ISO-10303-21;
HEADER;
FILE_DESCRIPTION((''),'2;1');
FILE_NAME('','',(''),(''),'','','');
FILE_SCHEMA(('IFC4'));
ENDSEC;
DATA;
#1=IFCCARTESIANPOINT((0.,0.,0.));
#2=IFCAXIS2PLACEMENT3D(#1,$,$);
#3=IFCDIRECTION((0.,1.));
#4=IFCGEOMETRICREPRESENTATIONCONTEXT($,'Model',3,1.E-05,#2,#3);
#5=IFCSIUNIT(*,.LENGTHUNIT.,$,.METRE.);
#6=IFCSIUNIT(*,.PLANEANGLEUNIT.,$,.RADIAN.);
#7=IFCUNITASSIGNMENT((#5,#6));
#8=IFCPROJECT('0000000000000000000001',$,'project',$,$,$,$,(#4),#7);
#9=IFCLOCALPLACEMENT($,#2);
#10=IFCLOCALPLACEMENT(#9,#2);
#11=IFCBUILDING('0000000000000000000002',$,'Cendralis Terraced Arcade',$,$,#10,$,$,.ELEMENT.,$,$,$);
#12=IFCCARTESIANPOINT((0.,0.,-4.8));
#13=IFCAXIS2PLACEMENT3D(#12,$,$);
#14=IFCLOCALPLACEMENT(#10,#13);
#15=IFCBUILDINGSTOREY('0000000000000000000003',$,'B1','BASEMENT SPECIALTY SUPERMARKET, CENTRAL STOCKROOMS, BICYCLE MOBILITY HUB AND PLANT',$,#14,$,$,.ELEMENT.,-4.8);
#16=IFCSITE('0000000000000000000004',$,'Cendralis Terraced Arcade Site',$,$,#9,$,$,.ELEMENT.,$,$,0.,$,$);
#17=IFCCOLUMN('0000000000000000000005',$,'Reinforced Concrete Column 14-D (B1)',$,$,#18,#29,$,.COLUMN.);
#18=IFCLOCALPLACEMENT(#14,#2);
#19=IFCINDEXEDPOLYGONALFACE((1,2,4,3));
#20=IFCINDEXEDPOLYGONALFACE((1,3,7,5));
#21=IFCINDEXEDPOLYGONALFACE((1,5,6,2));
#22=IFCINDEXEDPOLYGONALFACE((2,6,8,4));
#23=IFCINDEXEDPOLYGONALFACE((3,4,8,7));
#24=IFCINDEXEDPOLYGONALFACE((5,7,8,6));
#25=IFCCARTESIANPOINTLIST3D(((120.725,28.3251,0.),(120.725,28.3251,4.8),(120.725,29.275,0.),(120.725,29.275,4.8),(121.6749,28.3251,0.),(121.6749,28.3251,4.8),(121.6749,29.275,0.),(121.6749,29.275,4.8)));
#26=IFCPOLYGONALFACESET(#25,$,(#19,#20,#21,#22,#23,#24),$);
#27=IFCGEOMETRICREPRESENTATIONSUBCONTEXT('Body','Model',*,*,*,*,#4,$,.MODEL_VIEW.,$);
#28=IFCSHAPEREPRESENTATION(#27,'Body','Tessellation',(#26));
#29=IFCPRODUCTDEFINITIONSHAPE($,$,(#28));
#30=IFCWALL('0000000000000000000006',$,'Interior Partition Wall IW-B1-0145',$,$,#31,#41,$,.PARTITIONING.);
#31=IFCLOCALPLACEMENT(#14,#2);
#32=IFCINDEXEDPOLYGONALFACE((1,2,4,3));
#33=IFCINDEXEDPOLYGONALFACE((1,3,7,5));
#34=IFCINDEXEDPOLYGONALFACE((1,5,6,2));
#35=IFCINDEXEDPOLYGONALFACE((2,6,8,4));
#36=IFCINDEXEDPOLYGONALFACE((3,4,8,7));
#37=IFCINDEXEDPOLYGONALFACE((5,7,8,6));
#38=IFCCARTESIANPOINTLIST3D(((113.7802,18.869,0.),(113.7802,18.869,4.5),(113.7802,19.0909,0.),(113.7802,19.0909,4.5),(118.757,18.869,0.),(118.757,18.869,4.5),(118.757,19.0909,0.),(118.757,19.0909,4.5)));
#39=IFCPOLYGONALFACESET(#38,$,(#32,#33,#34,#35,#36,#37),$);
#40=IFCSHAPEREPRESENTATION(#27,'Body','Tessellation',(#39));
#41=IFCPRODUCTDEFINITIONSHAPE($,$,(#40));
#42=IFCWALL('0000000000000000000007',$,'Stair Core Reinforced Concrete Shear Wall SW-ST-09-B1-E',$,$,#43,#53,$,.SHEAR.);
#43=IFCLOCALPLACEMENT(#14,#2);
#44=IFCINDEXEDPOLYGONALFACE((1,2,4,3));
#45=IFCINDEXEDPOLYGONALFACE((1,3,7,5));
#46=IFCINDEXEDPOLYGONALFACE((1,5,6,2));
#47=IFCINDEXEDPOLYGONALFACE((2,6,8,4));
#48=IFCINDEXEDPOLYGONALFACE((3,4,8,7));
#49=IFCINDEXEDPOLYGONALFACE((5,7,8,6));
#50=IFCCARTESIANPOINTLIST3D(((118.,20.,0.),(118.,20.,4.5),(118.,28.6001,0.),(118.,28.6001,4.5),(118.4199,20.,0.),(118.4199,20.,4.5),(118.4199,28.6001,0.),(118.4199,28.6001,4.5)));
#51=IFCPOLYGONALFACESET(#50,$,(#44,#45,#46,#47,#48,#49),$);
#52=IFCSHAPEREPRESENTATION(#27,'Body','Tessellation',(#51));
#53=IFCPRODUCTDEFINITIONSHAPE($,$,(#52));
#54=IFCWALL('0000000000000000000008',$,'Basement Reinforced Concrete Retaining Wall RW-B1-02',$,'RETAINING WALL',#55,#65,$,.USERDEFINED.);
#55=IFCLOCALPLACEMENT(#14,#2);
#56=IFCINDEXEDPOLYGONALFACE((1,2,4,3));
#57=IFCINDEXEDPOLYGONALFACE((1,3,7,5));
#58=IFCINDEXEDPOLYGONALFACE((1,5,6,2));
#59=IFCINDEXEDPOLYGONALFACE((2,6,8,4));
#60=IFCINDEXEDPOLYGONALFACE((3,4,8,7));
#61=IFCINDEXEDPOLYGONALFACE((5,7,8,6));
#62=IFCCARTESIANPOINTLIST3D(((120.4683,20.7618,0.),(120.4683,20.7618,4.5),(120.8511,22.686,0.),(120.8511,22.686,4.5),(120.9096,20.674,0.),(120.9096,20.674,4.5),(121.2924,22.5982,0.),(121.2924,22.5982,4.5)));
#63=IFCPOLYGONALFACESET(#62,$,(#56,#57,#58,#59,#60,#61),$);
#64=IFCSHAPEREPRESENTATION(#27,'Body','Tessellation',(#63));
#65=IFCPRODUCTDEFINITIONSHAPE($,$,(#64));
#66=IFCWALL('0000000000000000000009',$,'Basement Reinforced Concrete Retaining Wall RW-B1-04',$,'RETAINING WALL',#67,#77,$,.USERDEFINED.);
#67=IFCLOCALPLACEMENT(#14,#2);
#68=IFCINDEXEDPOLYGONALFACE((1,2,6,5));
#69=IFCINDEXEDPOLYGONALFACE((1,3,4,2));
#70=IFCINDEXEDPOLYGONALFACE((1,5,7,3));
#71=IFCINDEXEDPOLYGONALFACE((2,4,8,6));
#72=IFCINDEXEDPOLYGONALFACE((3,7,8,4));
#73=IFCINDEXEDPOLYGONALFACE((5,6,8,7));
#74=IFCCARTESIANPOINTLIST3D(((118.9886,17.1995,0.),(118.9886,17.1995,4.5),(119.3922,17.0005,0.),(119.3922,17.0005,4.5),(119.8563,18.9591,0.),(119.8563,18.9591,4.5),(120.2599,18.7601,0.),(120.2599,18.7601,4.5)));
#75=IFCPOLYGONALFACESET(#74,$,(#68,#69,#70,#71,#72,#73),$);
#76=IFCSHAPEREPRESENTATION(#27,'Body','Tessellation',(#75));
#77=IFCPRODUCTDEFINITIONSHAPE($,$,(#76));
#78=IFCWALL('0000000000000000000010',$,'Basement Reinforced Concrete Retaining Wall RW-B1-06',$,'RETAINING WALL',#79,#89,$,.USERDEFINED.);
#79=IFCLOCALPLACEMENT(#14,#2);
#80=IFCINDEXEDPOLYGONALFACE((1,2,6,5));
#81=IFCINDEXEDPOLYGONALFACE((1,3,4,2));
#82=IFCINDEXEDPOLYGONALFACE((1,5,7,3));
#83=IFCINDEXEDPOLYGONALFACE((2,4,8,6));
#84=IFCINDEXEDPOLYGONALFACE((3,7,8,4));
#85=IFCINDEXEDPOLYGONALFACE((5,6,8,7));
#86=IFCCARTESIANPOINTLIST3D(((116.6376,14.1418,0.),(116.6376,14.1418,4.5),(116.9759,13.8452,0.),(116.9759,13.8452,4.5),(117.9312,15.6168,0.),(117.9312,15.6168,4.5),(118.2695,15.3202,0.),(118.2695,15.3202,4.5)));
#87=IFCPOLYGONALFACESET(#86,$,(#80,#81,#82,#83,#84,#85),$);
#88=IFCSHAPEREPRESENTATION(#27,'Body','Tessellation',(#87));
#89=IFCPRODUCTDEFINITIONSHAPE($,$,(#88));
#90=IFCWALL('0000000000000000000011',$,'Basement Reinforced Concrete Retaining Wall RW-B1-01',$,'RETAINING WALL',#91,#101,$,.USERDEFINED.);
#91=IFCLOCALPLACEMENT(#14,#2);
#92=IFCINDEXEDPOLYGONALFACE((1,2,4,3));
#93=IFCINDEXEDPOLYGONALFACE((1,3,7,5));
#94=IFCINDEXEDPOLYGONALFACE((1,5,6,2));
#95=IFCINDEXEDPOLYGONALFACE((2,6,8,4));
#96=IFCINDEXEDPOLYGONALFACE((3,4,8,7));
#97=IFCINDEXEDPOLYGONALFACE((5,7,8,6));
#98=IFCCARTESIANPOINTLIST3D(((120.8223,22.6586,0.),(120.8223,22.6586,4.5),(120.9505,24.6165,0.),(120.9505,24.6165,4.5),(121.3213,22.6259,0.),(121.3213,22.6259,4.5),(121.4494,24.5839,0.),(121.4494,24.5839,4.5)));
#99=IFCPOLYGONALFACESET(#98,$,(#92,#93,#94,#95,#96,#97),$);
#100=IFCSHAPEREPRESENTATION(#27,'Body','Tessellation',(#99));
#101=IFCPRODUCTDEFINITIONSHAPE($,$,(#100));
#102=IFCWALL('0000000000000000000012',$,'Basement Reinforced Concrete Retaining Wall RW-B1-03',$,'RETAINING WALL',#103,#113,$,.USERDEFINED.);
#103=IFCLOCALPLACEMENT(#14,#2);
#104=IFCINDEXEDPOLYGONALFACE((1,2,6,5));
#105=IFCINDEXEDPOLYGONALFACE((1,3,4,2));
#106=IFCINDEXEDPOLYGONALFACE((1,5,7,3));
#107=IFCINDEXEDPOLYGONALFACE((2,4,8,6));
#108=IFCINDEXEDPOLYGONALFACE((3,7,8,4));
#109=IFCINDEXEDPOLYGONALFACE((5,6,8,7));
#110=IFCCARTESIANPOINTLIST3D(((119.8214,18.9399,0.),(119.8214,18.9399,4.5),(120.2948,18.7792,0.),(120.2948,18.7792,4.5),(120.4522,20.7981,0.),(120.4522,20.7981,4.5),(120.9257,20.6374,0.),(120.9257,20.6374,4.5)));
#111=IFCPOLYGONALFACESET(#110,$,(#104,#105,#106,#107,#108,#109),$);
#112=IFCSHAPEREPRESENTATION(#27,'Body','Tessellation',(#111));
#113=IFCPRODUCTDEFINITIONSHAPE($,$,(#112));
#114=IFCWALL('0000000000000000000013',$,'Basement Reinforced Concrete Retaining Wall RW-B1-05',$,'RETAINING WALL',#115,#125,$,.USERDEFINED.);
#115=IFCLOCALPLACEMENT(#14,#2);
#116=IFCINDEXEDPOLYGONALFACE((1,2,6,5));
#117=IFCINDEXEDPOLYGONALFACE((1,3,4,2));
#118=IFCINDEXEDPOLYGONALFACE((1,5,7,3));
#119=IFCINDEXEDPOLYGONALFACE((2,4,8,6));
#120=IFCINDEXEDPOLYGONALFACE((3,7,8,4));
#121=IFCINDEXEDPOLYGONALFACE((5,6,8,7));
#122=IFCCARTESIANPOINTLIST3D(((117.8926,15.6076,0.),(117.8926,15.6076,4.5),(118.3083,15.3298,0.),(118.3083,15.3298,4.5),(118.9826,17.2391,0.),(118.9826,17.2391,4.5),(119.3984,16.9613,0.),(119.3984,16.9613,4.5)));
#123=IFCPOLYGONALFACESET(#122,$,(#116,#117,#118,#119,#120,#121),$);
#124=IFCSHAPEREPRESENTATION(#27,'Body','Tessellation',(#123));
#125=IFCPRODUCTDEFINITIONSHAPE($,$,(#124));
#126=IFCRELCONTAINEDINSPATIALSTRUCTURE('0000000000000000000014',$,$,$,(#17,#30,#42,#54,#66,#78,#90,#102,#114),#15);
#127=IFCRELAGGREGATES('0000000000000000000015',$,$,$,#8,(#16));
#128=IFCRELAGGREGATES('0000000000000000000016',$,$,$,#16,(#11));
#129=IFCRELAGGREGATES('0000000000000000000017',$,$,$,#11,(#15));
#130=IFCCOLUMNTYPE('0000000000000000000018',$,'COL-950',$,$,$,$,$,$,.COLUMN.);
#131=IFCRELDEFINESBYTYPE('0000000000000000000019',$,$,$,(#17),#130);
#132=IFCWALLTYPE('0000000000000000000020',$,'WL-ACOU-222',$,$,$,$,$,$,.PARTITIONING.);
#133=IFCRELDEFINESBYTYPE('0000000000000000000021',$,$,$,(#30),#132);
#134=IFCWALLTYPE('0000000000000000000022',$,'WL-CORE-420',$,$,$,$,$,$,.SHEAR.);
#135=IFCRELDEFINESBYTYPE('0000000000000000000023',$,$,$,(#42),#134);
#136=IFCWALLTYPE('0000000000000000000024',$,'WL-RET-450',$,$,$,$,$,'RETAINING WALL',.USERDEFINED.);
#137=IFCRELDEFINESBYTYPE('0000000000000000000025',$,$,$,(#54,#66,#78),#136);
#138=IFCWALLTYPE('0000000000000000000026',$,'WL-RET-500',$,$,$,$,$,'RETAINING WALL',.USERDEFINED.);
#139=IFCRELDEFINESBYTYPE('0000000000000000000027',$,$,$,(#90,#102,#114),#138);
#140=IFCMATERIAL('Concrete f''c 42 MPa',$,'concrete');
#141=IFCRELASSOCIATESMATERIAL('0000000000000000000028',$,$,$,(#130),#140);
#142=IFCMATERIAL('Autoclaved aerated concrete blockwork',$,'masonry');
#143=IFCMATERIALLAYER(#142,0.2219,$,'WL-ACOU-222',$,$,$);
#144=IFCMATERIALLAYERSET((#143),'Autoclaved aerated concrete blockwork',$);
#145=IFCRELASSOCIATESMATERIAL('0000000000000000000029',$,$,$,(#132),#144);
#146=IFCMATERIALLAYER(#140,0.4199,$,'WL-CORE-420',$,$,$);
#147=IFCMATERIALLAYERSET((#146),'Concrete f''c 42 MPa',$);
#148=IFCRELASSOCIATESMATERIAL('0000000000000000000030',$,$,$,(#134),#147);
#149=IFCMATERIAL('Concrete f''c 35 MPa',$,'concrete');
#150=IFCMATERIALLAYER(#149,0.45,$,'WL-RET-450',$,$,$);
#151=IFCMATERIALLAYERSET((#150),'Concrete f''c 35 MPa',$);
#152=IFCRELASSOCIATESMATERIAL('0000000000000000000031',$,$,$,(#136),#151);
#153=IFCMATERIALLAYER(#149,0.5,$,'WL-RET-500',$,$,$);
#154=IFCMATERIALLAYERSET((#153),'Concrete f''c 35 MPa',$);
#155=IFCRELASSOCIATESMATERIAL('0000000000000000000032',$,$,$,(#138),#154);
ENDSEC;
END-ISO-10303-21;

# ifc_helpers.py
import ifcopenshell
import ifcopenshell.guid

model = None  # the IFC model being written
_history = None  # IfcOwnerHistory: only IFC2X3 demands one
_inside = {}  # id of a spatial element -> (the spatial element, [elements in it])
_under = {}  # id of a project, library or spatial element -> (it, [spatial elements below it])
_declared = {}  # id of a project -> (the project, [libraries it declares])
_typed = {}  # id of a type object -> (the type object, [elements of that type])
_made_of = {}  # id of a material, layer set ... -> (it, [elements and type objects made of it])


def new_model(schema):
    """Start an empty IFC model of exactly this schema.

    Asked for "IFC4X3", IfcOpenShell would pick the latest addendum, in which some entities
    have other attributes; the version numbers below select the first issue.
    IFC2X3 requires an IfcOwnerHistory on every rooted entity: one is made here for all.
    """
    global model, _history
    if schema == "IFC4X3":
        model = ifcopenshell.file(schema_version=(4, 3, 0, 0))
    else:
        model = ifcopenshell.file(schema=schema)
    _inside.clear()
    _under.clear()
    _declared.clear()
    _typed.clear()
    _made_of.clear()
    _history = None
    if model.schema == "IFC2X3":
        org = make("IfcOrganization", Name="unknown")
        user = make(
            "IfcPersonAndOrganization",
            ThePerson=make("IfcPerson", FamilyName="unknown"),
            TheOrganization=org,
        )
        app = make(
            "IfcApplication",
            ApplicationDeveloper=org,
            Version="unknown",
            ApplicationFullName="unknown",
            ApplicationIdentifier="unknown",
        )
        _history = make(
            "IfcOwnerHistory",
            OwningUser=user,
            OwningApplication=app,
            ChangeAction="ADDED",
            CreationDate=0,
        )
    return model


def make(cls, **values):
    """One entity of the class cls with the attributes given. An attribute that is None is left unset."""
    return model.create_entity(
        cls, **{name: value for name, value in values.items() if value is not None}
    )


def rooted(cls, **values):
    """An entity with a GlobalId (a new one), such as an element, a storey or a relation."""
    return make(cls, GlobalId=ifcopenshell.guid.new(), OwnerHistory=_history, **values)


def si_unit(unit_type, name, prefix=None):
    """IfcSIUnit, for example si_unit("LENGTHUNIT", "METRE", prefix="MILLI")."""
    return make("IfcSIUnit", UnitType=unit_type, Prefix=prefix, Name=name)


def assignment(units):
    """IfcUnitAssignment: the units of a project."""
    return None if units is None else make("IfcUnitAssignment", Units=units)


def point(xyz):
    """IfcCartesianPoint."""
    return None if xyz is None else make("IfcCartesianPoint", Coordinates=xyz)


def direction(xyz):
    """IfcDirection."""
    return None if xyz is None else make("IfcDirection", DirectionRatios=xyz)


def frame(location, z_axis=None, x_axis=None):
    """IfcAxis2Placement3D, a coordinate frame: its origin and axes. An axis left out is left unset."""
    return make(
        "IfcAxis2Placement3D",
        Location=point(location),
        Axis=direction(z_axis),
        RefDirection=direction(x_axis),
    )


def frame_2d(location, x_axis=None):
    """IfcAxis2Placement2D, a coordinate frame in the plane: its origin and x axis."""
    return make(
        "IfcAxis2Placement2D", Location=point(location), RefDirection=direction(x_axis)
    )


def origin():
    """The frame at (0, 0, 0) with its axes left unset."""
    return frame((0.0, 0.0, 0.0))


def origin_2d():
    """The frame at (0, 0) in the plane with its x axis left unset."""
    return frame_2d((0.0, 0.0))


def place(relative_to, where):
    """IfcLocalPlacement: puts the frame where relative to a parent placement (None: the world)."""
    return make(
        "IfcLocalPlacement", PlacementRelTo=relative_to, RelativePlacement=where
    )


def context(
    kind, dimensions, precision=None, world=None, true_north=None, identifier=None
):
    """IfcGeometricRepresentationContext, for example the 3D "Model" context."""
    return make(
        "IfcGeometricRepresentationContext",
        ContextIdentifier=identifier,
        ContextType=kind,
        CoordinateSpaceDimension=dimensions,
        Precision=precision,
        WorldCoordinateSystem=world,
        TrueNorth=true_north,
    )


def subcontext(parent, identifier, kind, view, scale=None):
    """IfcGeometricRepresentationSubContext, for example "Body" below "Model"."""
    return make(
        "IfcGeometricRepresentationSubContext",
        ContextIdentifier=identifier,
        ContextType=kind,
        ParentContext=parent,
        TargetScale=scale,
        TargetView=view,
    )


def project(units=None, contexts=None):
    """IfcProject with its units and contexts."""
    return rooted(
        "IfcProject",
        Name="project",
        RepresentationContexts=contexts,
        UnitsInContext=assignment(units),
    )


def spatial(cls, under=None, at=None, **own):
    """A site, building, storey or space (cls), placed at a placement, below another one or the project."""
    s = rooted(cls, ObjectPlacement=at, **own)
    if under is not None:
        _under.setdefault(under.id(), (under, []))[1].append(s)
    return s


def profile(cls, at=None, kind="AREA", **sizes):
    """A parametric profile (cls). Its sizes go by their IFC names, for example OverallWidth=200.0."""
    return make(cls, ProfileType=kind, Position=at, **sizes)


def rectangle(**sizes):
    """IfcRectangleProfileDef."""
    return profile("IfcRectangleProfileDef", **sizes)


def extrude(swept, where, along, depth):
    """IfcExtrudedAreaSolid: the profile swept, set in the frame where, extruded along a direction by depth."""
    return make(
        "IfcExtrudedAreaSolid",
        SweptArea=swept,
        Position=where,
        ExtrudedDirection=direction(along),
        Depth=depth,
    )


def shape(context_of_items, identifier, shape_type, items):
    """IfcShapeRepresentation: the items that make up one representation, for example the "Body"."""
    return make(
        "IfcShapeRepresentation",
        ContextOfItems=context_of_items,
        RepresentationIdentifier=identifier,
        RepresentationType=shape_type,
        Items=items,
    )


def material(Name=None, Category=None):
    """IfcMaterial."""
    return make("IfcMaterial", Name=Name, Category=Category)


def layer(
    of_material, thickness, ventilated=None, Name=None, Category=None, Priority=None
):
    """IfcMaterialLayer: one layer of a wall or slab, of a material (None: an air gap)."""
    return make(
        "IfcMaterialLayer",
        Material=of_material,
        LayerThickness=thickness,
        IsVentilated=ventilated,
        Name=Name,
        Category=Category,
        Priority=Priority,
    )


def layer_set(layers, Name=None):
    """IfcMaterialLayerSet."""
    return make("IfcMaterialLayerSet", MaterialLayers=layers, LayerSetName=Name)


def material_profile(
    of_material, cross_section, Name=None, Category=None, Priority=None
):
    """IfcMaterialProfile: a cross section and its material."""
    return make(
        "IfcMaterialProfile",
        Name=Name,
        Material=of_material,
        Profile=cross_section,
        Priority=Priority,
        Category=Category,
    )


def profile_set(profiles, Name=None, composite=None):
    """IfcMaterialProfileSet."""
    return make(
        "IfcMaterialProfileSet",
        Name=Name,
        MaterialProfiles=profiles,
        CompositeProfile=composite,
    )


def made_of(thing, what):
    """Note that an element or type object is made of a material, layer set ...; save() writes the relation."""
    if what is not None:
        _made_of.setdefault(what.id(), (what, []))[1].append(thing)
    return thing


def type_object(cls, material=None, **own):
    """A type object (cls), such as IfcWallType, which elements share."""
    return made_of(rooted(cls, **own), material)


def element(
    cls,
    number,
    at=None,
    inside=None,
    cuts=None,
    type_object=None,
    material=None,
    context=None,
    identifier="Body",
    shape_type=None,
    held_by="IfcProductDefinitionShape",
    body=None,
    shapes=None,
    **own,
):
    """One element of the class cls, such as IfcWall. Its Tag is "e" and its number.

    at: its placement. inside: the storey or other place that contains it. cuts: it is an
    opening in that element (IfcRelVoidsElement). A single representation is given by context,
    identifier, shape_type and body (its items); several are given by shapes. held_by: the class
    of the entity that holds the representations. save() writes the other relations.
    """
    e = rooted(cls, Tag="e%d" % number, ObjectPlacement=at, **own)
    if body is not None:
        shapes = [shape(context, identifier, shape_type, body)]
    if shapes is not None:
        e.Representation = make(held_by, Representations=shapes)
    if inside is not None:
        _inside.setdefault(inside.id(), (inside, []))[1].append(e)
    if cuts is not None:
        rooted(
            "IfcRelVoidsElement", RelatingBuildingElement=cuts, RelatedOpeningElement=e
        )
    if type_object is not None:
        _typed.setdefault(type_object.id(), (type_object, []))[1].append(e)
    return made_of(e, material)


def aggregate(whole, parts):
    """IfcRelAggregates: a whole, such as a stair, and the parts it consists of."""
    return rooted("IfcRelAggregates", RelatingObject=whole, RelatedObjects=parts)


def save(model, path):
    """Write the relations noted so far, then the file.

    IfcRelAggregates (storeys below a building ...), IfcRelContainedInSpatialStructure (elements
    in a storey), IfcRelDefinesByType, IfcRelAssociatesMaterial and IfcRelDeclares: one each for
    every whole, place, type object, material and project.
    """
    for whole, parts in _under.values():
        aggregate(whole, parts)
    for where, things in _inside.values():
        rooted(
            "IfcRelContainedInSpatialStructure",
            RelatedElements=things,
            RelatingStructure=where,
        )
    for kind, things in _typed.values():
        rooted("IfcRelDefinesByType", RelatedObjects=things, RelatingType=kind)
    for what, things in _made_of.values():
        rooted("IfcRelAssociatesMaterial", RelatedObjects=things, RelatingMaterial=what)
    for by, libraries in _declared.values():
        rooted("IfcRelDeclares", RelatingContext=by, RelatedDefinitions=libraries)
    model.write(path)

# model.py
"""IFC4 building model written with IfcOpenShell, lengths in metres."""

from ifc_helpers import new_model, si_unit, direction, frame, frame_2d, origin, origin_2d, place, context, subcontext, project, spatial, rectangle, extrude, material, layer, layer_set, material_profile, profile_set, type_object, element, save


model = new_model("IFC4")

# Units and contexts
model_context = context("Model", 3, precision=1e-05, world=origin(), true_north=direction((0.0, 1.0)))
body_context = subcontext(model_context, "Body", "Model", "MODEL_VIEW")
ifc_project = project(units=[si_unit("LENGTHUNIT", "METRE"), si_unit("PLANEANGLEUNIT", "RADIAN")], contexts=[model_context])

# Site, building, storey
site_placement = place(None, origin())
site = spatial("IfcSite", under=ifc_project, at=site_placement, Name="Cendralis Terraced Arcade Site", CompositionType="ELEMENT", RefElevation=0.0)
building_placement = place(site_placement, origin())
building = spatial("IfcBuilding", under=site, at=building_placement, Name="Cendralis Terraced Arcade", CompositionType="ELEMENT")
storey_placement = place(building_placement, frame((0.0, 0.0, -4.8)))
storey = spatial("IfcBuildingStorey", under=building, at=storey_placement, Name="B1", Description="BASEMENT SPECIALTY SUPERMARKET, CENTRAL STOCKROOMS, BICYCLE MOBILITY HUB AND PLANT", CompositionType="ELEMENT", Elevation=-4.8)

# Shared definitions
ifc_material_1 = material(Name="Concrete f'c 35 MPa", Category="concrete")

# Column
ifc_material_2 = material(Name="Concrete f'c 42 MPa", Category="concrete")
ifc_material_profile_1 = material_profile(ifc_material_2, rectangle(XDim=0.95, YDim=0.95, at=origin_2d()), Name="RC-COL-950x950", Category="LoadBearing")
ifc_profile_set_1 = profile_set([ifc_material_profile_1], Name="Concrete f'c 42 MPa")
column_type = type_object("IfcColumnType", Name="COL-950", PredefinedType="COLUMN", material=ifc_profile_set_1)
column_placement = place(storey_placement, frame((121.2, 28.8, 0.0), z_axis=(0.0, 0.0, 1.0), x_axis=(1.0, 0.0, 0.0)))
element("IfcColumn", 1, at=column_placement, inside=storey, type_object=column_type, Name="Reinforced Concrete Column 14-D (B1)", PredefinedType="COLUMN", context=body_context, shape_type="SweptSolid", body=[
    extrude(rectangle(XDim=0.95, YDim=0.95, at=origin_2d()), origin(), (0.0, 0.0, 1.0), 4.8),
])

# Walls
ifc_material_3 = material(Name="Autoclaved aerated concrete blockwork", Category="masonry")
ifc_layer_1 = layer(ifc_material_3, 0.2219, Name="WL-ACOU-222")
ifc_layer_set_1 = layer_set([ifc_layer_1], Name="Autoclaved aerated concrete blockwork")
wall_type_1 = type_object("IfcWallType", Name="WL-ACOU-222", PredefinedType="PARTITIONING", material=ifc_layer_set_1)
wall_1_placement = place(storey_placement, frame((118.7568, 18.98, 0.0), z_axis=(0.0, 0.0, 1.0), x_axis=(-1.0, 0.0, 0.0)))
element("IfcWall", 2, at=wall_1_placement, inside=storey, type_object=wall_type_1, Name="Interior Partition Wall IW-B1-0145", PredefinedType="PARTITIONING", context=body_context, shape_type="SweptSolid", body=[
    extrude(rectangle(XDim=4.9768, YDim=0.2219, at=frame_2d((2.4883, 0.0))), origin(), (0.0, 0.0, 1.0), 4.5),
])
ifc_layer_2 = layer(ifc_material_2, 0.4199, Name="WL-CORE-420")
ifc_layer_set_2 = layer_set([ifc_layer_2], Name="Concrete f'c 42 MPa")
wall_type_2 = type_object("IfcWallType", Name="WL-CORE-420", PredefinedType="SHEAR", material=ifc_layer_set_2)
wall_2_placement = place(storey_placement, frame((118.21, 20.0, 0.0), z_axis=(0.0, 0.0, 1.0), x_axis=(0.0, 1.0, 0.0)))
element("IfcWall", 3, at=wall_2_placement, inside=storey, type_object=wall_type_2, Name="Stair Core Reinforced Concrete Shear Wall SW-ST-09-B1-E", PredefinedType="SHEAR", context=body_context, shape_type="SweptSolid", body=[
    extrude(rectangle(XDim=8.6001, YDim=0.4199, at=frame_2d((4.3, 0.0))), origin(), (0.0, 0.0, 1.0), 4.5),
])
ifc_layer_3 = layer(ifc_material_1, 0.45, Name="WL-RET-450")
ifc_layer_set_3 = layer_set([ifc_layer_3], Name="Concrete f'c 35 MPa")
wall_type_3 = type_object("IfcWallType", Name="WL-RET-450", ElementType="RETAINING WALL", PredefinedType="USERDEFINED", material=ifc_layer_set_3)
for number, where, z_axis, x_axis, name in (
    (4, (121.0718, 22.6421, 0.0), (0.0, 0.0, 1.0), (-0.195111, -0.980781, 0.0), "Basement Reinforced Concrete Retaining Wall RW-B1-02"),
    (5, (120.0581, 18.8596, 0.0), (0.0, 0.0, 1.0), (-0.442279, -0.896878, 0.0), "Basement Reinforced Concrete Retaining Wall RW-B1-04"),
    (6, (118.1003, 15.4685, 0.0), (0.0, 0.0, 1.0), (-0.659367, -0.751821, 0.0), "Basement Reinforced Concrete Retaining Wall RW-B1-06"),
):
    element("IfcWall", number, at=place(storey_placement, frame(where, z_axis=z_axis, x_axis=x_axis)), inside=storey, type_object=wall_type_3, Name=name, ObjectType="RETAINING WALL", PredefinedType="USERDEFINED", context=body_context, shape_type="SweptSolid", body=[
        extrude(rectangle(XDim=1.9619, YDim=0.45, at=frame_2d((0.981, 0.0))), origin(), (0.0, 0.0, 1.0), 4.5),
    ])
ifc_layer_4 = layer(ifc_material_1, 0.5, Name="WL-RET-500")
ifc_layer_set_4 = layer_set([ifc_layer_4], Name="Concrete f'c 35 MPa")
wall_type_4 = type_object("IfcWallType", Name="WL-RET-500", ElementType="RETAINING WALL", PredefinedType="USERDEFINED", material=ifc_layer_set_4)
wall_3_placement = place(storey_placement, frame((121.2, 24.6001, 0.0), z_axis=(0.0, 0.0, 1.0), x_axis=(-0.065322, -0.997864, 0.0)))
element("IfcWall", 7, at=wall_3_placement, inside=storey, type_object=wall_type_4, Name="Basement Reinforced Concrete Retaining Wall RW-B1-01", ObjectType="RETAINING WALL", PredefinedType="USERDEFINED", context=body_context, shape_type="SweptSolid", body=[
    extrude(rectangle(XDim=1.9622, YDim=0.5, at=frame_2d((0.981, 0.0))), origin(), (0.0, 0.0, 1.0), 4.5),
])
wall_4_placement = place(storey_placement, frame((120.689, 20.7178, 0.0), z_axis=(0.0, 0.0, 1.0), x_axis=(-0.321486, -0.946914, 0.0)))
element("IfcWall", 8, at=wall_4_placement, inside=storey, type_object=wall_type_4, Name="Basement Reinforced Concrete Retaining Wall RW-B1-03", ObjectType="RETAINING WALL", PredefinedType="USERDEFINED", context=body_context, shape_type="SweptSolid", body=[
    extrude(rectangle(XDim=1.9624, YDim=0.5, at=frame_2d((0.9812, 0.0))), origin(), (0.0, 0.0, 1.0), 4.5),
])
wall_5_placement = place(storey_placement, frame((119.1904, 17.1001, 0.0), z_axis=(0.0, 0.0, 1.0), x_axis=(-0.555533, -0.831495, 0.0)))
element("IfcWall", 9, at=wall_5_placement, inside=storey, type_object=wall_type_4, Name="Basement Reinforced Concrete Retaining Wall RW-B1-05", ObjectType="RETAINING WALL", PredefinedType="USERDEFINED", context=body_context, shape_type="SweptSolid", body=[
    extrude(rectangle(XDim=1.9622, YDim=0.5, at=frame_2d((0.981, 0.0))), origin(), (0.0, 0.0, 1.0), 4.5),
])

save(model, "model.ifc")
